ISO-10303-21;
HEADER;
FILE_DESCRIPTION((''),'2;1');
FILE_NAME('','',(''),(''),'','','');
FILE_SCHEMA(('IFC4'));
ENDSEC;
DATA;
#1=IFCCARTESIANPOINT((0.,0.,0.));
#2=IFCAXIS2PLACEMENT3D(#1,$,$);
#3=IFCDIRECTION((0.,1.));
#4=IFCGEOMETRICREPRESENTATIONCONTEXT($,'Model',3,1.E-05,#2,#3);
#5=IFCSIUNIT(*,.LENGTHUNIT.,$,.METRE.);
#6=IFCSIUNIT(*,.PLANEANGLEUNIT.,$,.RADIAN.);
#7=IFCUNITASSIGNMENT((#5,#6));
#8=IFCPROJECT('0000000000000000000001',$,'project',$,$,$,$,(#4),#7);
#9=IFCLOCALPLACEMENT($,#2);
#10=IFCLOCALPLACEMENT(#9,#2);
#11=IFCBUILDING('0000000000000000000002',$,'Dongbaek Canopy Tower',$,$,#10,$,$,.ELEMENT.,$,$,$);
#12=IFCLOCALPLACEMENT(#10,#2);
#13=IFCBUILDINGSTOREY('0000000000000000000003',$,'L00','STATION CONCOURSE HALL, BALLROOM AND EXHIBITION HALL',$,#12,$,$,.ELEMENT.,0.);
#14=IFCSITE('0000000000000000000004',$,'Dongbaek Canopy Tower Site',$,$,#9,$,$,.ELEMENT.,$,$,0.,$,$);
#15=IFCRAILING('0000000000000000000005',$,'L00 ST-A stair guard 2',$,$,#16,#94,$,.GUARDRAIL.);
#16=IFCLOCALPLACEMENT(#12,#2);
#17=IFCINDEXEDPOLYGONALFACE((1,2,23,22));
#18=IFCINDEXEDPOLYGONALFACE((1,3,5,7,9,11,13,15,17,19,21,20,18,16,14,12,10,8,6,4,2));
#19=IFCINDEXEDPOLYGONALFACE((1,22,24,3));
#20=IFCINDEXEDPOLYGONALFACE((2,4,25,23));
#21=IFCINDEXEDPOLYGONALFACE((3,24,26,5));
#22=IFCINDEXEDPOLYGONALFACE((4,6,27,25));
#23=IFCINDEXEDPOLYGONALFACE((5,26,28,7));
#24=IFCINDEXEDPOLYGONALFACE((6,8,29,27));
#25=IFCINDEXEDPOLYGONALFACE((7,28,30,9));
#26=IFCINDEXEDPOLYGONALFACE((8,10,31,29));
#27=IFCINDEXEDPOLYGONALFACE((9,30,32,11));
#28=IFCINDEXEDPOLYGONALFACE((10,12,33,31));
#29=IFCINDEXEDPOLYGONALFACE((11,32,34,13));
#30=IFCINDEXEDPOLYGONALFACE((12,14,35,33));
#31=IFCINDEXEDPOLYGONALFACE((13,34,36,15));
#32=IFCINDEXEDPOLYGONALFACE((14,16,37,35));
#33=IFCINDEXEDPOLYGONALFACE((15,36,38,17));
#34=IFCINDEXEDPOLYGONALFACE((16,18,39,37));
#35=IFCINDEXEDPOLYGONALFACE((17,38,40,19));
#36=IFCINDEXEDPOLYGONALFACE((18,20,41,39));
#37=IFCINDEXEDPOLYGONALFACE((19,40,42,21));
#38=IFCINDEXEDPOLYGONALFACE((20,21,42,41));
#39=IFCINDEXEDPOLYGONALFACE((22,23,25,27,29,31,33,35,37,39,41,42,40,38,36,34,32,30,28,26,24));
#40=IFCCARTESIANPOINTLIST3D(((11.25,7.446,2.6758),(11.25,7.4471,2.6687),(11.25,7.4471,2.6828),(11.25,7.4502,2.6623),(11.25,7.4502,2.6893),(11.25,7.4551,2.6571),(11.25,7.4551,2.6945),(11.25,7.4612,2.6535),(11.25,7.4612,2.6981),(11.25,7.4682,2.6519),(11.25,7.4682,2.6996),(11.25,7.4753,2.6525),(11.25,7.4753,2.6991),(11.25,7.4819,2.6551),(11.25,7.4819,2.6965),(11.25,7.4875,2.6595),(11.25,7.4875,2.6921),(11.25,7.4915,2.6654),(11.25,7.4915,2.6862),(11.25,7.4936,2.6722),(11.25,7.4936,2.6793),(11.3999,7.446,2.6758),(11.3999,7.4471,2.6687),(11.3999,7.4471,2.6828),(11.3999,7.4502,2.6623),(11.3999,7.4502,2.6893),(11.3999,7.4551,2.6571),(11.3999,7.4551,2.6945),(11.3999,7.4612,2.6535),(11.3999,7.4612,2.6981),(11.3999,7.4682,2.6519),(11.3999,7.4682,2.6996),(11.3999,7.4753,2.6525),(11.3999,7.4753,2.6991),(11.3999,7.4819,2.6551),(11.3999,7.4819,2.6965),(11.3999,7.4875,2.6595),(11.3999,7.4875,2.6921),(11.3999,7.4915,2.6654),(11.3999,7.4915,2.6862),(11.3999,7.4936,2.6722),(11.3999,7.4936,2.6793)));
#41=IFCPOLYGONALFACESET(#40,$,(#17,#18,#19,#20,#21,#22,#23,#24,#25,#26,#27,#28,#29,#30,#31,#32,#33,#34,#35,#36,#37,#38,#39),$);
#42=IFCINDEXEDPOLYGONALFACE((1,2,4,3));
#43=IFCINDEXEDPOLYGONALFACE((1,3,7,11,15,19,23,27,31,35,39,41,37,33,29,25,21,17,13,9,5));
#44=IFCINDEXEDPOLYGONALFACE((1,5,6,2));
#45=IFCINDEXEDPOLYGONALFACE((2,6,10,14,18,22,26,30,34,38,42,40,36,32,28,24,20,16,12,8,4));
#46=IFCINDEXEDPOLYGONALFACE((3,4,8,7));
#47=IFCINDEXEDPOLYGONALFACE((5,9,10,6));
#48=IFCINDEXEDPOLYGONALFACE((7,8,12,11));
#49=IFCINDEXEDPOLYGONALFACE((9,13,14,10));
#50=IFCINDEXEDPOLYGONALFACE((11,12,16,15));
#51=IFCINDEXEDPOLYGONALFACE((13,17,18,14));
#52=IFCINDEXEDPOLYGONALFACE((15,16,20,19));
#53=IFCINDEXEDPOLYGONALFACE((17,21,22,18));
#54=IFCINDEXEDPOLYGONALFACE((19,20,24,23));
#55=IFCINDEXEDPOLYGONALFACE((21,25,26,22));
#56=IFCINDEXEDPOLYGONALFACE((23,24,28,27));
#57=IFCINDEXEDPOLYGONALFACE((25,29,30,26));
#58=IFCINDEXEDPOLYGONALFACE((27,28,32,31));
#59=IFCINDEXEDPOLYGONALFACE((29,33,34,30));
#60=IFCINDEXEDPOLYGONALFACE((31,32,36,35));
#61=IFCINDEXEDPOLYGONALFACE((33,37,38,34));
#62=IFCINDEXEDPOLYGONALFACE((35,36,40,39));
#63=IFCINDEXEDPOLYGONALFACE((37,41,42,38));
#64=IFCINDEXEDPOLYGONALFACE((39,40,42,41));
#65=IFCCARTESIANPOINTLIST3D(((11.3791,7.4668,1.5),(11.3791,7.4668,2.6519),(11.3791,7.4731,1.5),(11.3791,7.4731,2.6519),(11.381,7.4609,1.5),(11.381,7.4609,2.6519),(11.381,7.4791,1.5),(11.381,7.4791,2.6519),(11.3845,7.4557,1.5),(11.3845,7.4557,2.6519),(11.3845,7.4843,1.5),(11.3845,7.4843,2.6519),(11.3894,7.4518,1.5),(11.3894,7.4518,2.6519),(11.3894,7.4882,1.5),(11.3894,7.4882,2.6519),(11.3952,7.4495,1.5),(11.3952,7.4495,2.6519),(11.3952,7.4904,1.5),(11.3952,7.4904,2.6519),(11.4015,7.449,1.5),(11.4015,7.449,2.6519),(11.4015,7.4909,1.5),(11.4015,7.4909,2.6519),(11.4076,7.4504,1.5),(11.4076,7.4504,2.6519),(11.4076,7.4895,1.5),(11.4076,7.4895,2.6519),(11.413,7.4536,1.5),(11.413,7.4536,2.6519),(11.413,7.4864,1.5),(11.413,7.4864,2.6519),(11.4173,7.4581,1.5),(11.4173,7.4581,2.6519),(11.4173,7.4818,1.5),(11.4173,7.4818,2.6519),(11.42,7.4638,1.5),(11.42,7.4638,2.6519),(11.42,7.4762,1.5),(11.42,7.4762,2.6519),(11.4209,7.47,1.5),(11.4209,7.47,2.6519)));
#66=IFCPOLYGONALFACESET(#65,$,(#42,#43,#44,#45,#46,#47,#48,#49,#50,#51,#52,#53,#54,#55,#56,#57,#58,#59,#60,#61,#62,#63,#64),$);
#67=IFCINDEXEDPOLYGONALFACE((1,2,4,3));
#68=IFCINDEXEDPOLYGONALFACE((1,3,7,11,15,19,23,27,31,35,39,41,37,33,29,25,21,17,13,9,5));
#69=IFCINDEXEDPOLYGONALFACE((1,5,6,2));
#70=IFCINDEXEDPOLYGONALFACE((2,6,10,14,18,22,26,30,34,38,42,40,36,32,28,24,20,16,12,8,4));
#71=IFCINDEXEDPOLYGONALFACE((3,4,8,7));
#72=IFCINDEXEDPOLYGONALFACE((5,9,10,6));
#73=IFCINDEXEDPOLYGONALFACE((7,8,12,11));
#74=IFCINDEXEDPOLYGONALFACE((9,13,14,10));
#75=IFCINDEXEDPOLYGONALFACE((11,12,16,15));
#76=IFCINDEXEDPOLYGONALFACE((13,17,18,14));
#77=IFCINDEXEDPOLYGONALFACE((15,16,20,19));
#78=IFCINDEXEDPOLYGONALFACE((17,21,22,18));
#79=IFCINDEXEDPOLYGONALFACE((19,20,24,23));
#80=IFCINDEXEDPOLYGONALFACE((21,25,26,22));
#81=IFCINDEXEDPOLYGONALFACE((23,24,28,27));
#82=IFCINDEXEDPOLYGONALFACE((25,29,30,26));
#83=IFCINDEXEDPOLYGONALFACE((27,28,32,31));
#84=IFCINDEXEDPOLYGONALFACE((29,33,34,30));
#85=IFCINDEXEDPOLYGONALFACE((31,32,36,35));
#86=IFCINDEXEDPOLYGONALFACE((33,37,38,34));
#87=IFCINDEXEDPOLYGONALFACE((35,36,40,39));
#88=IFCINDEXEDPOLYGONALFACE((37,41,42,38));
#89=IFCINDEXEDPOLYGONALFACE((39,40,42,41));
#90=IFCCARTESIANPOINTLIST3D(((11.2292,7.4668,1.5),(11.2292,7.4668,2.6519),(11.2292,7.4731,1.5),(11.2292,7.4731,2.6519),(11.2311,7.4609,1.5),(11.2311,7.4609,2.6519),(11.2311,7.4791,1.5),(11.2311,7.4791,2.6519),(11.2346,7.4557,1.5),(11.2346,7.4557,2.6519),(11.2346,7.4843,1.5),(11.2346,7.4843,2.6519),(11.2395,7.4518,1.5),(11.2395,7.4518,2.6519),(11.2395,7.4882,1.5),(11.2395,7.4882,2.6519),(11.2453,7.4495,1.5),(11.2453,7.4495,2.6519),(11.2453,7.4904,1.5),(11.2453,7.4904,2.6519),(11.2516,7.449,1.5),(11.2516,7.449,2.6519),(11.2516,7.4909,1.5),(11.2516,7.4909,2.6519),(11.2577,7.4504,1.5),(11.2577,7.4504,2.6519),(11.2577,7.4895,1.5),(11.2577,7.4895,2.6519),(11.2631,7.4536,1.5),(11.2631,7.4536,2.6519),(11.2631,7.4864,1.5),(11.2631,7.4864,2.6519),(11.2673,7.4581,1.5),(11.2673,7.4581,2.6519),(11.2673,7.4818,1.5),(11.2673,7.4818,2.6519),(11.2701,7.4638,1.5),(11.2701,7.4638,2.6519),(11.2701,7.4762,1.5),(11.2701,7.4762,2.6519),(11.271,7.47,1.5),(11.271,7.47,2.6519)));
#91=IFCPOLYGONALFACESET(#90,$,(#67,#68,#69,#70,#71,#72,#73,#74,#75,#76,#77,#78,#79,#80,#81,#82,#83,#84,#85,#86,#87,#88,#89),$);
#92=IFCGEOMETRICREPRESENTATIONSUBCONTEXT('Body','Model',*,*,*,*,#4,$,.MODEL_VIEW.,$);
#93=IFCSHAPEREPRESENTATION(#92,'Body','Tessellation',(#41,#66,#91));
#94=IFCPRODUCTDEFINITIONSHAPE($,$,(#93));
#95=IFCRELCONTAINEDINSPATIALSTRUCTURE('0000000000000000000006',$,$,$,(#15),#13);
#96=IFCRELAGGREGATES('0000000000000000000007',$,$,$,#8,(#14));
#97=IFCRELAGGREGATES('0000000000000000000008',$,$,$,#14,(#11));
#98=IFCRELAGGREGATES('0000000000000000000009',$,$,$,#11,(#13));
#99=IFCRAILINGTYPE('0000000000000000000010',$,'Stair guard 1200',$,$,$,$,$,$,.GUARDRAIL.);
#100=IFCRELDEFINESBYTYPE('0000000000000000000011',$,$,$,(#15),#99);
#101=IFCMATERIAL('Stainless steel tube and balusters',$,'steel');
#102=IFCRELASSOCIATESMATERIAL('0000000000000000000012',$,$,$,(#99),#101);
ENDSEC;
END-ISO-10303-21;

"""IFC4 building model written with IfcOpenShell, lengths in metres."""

from ifc_helpers import new_model, si_unit, direction, frame, origin, origin_2d, place, context, subcontext, project, spatial, circle, extrude, material, type_object, element, save


model = new_model("IFC4")

# Units and contexts
model_context = context("Model", 3, precision=1e-05, world=origin(), true_north=direction((0.0, 1.0)))
body_context = subcontext(model_context, "Body", "Model", "MODEL_VIEW")
ifc_project = project(units=[si_unit("LENGTHUNIT", "METRE"), si_unit("PLANEANGLEUNIT", "RADIAN")], contexts=[model_context])

# Site, building, storey
site_placement = place(None, origin())
site = spatial("IfcSite", under=ifc_project, at=site_placement, Name="Dongbaek Canopy Tower Site", CompositionType="ELEMENT", RefElevation=0.0)
building_placement = place(site_placement, origin())
building = spatial("IfcBuilding", under=site, at=building_placement, Name="Dongbaek Canopy Tower", CompositionType="ELEMENT")
storey_placement = place(building_placement, origin())
storey = spatial("IfcBuildingStorey", under=building, at=storey_placement, Name="L00", Description="STATION CONCOURSE HALL, BALLROOM AND EXHIBITION HALL", CompositionType="ELEMENT", Elevation=0.0)

# Railing
ifc_material_1 = material(Name="Stainless steel tube and balusters", Category="steel")
railing_type_1 = type_object("IfcRailingType", Name="Stair guard 1200", PredefinedType="GUARDRAIL", material=ifc_material_1)
railing_1_placement = place(storey_placement, frame((11.3999, 7.47, 1.5)))
element("IfcRailing", 1, at=railing_1_placement, inside=storey, type_object=railing_type_1, Name="L00 ST-A stair guard 2", PredefinedType="GUARDRAIL", context=body_context, shape_type="SweptSolid", body=[
    extrude(circle(Radius=0.0239, at=origin_2d()), frame((0.0, 0.0, 1.1758), z_axis=(-1.0, 0.0, 0.0), x_axis=(0.0, -1.0, 0.0)), (0.0, 0.0, 1.0), 0.1499),
    extrude(circle(Radius=0.021, at=origin_2d()), origin(), (0.0, 0.0, 1.0), 1.1519),
    extrude(circle(Radius=0.021, at=origin_2d()), frame((-0.1499, 0.0, 0.0)), (0.0, 0.0, 1.0), 1.1519),
])

save(model, "model.ifc")
